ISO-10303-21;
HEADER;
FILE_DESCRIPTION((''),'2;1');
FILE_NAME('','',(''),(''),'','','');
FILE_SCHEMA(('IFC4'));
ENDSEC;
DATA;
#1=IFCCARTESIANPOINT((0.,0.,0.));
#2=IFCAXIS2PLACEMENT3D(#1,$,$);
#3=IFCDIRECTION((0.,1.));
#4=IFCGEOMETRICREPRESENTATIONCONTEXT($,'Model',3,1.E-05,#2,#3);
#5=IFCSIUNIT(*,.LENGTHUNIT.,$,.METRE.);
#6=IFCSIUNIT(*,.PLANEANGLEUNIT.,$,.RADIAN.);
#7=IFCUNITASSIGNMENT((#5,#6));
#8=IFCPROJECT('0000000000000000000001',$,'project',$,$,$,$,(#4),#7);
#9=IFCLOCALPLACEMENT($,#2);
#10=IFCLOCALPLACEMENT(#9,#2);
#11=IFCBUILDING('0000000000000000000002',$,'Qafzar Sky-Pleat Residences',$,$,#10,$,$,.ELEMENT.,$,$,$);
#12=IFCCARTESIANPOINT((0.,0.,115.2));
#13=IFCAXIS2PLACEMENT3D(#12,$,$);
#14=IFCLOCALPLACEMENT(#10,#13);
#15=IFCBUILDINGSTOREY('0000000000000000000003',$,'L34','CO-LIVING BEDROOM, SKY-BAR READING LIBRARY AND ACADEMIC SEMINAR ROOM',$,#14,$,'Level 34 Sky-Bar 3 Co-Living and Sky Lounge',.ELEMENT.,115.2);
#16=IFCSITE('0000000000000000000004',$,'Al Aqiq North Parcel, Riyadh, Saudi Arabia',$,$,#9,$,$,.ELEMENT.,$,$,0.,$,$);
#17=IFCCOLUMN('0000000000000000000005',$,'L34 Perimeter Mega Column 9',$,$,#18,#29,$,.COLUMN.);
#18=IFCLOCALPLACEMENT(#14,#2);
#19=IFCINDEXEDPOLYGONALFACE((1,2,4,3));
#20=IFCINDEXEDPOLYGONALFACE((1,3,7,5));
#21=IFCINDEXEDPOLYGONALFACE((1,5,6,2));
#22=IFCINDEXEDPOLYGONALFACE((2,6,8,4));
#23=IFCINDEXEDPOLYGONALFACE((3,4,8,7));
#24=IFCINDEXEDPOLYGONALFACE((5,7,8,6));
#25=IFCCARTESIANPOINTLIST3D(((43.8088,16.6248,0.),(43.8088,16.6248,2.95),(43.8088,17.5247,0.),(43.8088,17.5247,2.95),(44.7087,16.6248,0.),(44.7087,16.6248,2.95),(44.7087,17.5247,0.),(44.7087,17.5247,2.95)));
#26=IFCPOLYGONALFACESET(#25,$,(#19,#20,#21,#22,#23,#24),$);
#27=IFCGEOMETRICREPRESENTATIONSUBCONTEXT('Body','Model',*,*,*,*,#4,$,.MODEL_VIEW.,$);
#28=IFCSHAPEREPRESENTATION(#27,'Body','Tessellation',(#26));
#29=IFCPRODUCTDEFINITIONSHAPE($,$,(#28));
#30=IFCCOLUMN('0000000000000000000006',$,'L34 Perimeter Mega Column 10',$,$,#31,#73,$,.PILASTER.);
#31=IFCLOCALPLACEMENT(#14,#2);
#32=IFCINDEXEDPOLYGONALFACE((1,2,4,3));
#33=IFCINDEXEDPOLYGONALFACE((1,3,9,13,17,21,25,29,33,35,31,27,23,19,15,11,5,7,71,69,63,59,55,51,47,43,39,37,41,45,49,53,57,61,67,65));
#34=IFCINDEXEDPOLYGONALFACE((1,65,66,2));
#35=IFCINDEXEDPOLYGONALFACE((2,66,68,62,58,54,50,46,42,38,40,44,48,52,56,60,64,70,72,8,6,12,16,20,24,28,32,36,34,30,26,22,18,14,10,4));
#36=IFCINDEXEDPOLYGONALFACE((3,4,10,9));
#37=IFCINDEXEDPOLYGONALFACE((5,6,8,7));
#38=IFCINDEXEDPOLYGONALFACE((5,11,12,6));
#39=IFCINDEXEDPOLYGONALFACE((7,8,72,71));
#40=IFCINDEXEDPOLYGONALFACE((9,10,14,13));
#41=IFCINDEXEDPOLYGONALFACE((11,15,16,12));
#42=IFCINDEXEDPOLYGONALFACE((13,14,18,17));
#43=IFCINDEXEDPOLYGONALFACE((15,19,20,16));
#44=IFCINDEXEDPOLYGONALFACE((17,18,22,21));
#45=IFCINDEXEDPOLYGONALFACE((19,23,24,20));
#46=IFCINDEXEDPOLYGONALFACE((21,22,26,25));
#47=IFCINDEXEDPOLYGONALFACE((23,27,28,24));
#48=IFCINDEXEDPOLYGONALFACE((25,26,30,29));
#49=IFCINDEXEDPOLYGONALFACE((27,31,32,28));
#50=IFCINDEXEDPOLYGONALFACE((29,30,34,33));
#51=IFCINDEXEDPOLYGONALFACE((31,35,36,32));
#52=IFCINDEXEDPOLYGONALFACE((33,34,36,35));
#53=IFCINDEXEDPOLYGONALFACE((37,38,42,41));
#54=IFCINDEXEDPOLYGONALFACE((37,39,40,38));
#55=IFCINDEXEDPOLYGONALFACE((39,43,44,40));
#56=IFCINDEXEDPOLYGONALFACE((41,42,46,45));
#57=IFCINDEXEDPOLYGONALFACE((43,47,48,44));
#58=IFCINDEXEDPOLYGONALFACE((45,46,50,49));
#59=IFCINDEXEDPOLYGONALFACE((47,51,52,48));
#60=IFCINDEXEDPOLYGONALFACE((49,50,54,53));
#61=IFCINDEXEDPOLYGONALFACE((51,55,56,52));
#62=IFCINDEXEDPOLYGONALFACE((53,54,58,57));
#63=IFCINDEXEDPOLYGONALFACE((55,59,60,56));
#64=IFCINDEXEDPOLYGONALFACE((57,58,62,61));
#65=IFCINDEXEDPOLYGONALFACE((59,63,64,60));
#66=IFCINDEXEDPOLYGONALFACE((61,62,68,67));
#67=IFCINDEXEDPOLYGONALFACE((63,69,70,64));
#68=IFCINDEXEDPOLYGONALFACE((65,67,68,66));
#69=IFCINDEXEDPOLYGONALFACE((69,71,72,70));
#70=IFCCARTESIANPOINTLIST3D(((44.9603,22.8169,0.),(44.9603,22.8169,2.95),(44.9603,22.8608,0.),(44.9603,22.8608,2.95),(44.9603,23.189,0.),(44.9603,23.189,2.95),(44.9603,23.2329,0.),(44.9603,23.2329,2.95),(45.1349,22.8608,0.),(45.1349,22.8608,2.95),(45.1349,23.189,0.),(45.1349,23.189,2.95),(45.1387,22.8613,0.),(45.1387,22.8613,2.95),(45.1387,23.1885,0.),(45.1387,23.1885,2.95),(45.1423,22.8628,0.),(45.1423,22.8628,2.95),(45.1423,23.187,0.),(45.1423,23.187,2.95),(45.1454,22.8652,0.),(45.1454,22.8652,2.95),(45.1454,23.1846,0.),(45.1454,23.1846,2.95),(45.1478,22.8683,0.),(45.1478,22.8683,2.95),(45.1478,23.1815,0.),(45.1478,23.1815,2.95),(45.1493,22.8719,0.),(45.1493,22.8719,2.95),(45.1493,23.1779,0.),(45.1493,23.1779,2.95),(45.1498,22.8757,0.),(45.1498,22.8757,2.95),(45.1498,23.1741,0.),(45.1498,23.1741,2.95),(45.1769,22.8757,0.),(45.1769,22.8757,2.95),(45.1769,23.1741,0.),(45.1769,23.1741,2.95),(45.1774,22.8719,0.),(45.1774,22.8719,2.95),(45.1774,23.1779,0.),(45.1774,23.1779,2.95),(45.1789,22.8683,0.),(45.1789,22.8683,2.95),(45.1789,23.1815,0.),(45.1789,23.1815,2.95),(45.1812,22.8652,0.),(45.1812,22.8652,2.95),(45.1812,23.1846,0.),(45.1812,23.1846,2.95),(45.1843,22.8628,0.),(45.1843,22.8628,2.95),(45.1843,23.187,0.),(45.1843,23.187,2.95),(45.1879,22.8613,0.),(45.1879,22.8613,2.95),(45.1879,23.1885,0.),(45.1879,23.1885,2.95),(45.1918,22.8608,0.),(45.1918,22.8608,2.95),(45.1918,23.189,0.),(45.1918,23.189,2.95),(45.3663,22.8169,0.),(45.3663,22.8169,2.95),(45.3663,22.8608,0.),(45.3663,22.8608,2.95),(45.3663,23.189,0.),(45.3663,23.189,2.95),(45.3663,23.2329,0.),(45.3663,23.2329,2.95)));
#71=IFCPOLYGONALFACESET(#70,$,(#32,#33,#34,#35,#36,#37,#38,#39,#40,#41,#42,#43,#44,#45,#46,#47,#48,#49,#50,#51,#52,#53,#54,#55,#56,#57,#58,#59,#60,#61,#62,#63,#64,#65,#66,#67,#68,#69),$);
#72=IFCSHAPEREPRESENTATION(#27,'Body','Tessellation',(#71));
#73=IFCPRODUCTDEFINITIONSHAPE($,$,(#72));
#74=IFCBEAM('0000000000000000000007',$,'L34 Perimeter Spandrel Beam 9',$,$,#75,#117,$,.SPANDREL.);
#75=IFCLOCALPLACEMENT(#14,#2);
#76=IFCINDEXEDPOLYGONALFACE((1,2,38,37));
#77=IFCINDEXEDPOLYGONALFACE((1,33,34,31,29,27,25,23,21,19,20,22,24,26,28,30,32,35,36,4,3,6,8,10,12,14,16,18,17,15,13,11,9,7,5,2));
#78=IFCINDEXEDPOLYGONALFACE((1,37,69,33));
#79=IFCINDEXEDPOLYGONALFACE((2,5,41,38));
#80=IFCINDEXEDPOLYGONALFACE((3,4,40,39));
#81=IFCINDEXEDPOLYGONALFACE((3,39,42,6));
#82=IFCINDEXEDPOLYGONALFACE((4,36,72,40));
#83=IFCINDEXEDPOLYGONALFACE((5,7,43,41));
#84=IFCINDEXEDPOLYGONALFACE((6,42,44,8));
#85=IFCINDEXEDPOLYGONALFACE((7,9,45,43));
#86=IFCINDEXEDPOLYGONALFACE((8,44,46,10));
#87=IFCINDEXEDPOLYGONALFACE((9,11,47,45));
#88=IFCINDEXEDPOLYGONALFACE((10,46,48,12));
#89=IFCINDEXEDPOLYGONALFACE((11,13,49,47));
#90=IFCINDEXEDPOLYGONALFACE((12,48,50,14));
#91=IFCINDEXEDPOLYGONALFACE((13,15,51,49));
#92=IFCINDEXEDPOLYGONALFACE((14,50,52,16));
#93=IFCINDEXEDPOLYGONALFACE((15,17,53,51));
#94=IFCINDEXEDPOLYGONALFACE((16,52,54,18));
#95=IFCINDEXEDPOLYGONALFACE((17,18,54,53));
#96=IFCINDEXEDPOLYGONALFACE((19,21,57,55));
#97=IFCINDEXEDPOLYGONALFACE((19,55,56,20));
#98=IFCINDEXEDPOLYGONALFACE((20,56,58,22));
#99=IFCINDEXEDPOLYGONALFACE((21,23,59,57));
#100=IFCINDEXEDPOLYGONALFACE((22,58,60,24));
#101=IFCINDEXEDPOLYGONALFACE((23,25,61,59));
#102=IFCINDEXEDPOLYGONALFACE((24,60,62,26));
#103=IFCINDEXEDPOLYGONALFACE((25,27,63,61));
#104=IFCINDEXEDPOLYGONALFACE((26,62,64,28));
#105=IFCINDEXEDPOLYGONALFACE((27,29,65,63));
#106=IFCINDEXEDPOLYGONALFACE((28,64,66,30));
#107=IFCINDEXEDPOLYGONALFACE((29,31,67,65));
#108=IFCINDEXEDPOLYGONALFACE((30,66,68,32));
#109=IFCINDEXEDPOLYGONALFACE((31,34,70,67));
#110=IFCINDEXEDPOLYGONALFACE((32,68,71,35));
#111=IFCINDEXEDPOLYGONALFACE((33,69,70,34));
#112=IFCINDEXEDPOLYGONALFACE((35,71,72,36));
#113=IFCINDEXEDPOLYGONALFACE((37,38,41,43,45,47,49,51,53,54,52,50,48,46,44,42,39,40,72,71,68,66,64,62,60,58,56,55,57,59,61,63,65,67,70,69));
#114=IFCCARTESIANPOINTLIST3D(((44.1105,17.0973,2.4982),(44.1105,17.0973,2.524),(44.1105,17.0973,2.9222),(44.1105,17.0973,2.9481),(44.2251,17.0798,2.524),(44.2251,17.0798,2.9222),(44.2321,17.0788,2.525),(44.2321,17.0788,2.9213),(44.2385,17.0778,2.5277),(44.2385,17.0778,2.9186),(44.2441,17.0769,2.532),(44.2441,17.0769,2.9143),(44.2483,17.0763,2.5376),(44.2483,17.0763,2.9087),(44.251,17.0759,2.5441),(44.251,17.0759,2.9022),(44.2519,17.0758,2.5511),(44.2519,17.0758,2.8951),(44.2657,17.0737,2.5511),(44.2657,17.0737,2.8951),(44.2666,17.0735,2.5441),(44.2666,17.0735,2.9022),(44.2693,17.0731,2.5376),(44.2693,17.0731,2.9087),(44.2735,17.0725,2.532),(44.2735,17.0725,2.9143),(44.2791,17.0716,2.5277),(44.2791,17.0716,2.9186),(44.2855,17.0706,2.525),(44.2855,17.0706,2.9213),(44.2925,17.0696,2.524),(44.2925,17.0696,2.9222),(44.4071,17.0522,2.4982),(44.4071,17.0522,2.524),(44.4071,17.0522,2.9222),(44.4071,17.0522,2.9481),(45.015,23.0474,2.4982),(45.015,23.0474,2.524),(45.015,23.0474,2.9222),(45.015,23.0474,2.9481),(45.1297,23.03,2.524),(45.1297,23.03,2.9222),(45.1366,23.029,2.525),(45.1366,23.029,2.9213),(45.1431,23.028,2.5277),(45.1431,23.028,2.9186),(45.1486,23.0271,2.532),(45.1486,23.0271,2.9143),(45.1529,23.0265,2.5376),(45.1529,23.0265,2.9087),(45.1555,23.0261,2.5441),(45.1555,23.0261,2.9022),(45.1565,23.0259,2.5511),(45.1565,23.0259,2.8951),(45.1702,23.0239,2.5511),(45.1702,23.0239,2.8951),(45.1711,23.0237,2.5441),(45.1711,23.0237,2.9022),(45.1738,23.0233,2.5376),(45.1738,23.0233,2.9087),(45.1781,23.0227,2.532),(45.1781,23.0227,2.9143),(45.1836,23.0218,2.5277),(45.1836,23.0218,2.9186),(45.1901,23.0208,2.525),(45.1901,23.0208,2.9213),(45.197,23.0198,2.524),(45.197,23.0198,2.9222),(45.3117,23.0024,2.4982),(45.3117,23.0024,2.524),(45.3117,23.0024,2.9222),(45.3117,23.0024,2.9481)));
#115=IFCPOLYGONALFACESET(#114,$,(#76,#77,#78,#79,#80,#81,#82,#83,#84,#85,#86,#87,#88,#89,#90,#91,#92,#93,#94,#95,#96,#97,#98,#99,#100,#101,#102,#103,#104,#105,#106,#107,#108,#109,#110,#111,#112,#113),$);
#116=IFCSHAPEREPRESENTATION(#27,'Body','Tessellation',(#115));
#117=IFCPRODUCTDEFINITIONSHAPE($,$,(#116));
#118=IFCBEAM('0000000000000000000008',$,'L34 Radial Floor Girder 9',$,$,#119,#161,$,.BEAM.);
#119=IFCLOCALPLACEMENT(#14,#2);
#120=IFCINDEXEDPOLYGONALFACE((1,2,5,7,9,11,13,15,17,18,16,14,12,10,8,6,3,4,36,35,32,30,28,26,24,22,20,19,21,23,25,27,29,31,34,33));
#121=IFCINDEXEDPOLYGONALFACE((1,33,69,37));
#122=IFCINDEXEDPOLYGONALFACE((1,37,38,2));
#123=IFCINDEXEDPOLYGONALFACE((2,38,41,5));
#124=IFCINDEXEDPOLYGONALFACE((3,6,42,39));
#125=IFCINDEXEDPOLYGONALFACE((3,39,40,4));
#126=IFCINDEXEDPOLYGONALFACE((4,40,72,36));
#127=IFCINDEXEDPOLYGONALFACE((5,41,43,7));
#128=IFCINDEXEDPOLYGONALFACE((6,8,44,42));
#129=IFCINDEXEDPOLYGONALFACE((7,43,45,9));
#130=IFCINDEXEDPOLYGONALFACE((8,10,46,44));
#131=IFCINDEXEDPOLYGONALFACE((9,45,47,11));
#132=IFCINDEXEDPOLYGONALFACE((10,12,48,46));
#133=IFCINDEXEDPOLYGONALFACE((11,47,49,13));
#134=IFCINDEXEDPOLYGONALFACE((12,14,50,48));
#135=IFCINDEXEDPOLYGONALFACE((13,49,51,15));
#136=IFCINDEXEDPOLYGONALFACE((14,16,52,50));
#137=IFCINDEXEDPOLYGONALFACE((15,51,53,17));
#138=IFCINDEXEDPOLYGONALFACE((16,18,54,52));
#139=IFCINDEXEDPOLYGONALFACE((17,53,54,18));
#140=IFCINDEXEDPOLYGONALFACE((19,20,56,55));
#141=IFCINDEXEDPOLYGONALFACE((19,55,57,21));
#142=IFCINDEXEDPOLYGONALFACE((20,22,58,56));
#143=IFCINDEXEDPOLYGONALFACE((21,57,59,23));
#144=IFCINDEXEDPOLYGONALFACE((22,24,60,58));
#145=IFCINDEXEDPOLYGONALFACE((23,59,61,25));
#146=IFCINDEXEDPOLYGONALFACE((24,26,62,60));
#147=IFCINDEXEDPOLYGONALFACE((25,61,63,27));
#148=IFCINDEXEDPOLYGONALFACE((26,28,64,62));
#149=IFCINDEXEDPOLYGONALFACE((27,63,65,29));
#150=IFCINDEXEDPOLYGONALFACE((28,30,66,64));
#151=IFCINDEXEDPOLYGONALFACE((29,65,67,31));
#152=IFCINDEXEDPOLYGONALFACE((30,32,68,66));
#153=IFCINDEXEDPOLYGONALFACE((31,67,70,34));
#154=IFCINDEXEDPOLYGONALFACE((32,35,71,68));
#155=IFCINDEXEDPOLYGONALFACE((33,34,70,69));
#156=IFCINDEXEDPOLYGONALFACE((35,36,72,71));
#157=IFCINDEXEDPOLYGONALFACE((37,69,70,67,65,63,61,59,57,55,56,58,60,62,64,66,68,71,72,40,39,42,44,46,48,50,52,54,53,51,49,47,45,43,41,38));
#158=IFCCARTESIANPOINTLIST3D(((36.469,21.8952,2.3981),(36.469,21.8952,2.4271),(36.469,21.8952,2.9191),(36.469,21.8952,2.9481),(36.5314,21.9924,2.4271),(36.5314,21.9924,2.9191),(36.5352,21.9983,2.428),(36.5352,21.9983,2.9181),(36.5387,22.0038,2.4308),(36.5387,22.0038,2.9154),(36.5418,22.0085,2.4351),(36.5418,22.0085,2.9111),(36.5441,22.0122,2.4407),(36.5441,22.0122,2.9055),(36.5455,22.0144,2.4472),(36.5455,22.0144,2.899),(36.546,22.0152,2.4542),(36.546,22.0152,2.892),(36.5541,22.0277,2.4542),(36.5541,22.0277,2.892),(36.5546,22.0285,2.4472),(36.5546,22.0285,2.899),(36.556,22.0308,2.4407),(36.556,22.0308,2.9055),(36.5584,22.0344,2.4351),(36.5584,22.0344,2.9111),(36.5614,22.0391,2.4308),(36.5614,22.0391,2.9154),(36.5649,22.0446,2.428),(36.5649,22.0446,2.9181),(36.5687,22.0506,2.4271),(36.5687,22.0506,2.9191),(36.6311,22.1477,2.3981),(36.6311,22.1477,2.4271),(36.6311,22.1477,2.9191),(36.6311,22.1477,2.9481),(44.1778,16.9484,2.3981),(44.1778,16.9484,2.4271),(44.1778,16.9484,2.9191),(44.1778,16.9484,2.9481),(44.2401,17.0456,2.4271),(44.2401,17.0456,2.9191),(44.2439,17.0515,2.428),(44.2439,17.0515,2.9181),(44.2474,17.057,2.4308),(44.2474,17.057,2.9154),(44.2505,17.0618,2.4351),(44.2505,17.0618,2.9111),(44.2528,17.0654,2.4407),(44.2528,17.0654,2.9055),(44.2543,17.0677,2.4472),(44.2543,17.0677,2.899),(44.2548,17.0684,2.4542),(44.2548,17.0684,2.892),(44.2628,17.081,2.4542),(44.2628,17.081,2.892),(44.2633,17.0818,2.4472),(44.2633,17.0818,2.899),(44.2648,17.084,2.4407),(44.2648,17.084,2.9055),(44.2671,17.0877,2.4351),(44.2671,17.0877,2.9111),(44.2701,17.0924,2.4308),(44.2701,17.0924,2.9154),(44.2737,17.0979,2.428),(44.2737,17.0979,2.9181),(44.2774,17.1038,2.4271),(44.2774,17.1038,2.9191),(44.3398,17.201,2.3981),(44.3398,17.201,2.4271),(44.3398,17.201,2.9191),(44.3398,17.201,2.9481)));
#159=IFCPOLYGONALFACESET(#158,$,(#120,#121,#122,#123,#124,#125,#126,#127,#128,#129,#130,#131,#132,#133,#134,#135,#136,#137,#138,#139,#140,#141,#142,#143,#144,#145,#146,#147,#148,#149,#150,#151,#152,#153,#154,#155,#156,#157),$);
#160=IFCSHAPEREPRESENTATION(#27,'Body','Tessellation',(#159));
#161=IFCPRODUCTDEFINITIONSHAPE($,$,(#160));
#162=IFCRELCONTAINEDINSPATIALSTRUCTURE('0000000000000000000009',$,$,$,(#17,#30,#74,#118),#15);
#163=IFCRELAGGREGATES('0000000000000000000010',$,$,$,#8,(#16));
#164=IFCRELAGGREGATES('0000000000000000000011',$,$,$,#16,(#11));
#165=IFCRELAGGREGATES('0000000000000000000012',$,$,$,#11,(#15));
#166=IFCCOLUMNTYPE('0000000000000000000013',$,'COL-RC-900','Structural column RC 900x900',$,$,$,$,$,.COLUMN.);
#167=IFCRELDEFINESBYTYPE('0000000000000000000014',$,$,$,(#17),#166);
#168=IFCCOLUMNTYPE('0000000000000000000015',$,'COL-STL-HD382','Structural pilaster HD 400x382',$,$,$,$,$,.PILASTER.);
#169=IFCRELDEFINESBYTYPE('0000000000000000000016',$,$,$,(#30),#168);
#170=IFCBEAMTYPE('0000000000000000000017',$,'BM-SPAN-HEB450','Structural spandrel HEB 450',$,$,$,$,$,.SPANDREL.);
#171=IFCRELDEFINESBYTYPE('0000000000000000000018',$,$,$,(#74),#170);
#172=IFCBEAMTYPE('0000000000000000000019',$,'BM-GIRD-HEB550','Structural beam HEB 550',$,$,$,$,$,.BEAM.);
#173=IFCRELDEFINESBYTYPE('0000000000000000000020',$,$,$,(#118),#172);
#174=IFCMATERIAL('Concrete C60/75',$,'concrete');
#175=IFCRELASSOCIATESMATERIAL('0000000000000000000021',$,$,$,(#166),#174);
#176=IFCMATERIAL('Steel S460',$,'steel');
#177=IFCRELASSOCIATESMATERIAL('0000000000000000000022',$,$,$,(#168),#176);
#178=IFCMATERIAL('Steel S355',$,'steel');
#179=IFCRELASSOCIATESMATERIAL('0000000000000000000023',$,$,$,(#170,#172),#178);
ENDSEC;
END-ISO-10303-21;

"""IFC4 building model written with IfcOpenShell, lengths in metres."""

from ifc_helpers import new_model, si_unit, direction, frame, origin, origin_2d, place, context, subcontext, project, spatial, rectangle, i_section, extrude, source, transform, mapped, material, material_profile, profile_set, type_object, element, save


model = new_model("IFC4")

# Units and contexts
model_context = context("Model", 3, precision=1e-05, world=origin(), true_north=direction((0.0, 1.0)))
body_context = subcontext(model_context, "Body", "Model", "MODEL_VIEW")
ifc_project = project(units=[si_unit("LENGTHUNIT", "METRE"), si_unit("PLANEANGLEUNIT", "RADIAN")], contexts=[model_context])

# Site, building, storey
site_placement = place(None, origin())
site = spatial("IfcSite", under=ifc_project, at=site_placement, Name="Al Aqiq North Parcel, Riyadh, Saudi Arabia", CompositionType="ELEMENT", RefElevation=0.0)
building_placement = place(site_placement, origin())
building = spatial("IfcBuilding", under=site, at=building_placement, Name="Qafzar Sky-Pleat Residences", CompositionType="ELEMENT")
storey_placement = place(building_placement, frame((0.0, 0.0, 115.2)))
storey = spatial("IfcBuildingStorey", under=building, at=storey_placement, Name="L34", Description="CO-LIVING BEDROOM, SKY-BAR READING LIBRARY AND ACADEMIC SEMINAR ROOM", LongName="Level 34 Sky-Bar 3 Co-Living and Sky Lounge", CompositionType="ELEMENT", Elevation=115.2)

# Columns
ifc_material_1 = material(Name="Concrete C60/75", Category="concrete")
ifc_material_profile_1 = material_profile(ifc_material_1, rectangle(XDim=0.8999, YDim=0.8999, at=origin_2d()), Name="RC 900x900")
ifc_profile_set_1 = profile_set([ifc_material_profile_1], Name="Concrete C60/75")
column_type_1 = type_object("IfcColumnType", Name="COL-RC-900", Description="Structural column RC 900x900", PredefinedType="COLUMN", material=ifc_profile_set_1)
shared_shape_1 = source(origin(), body_context, "Body", "SweptSolid", [
    extrude(rectangle(XDim=0.8999, YDim=0.8999, at=origin_2d()), origin(), (0.0, 0.0, 1.0), 2.95),
])
column_1_placement = place(storey_placement, frame((44.2588, 17.0747, 0.0), z_axis=(0.0, 0.0, 1.0), x_axis=(1.0, 0.0, 0.0)))
element("IfcColumn", 1, at=column_1_placement, inside=storey, type_object=column_type_1, Name="L34 Perimeter Mega Column 9", PredefinedType="COLUMN", context=body_context, shape_type="MappedRepresentation", body=[
    mapped(shared_shape_1, transform((0.0, 0.0, 0.0), x_axis=(1.0, 0.0, 0.0), y_axis=(0.0, 1.0, 0.0), z_axis=(0.0, 0.0, 1.0), scale=1.0)),
])
ifc_material_2 = material(Name="Steel S460", Category="steel")
ifc_material_profile_2 = material_profile(ifc_material_2, i_section(OverallWidth=0.406, OverallDepth=0.416, WebThickness=0.0271, FlangeThickness=0.0439, FilletRadius=0.0149, at=origin_2d()), Name="HD 400x382")
ifc_profile_set_2 = profile_set([ifc_material_profile_2], Name="Steel S460")
column_type_2 = type_object("IfcColumnType", Name="COL-STL-HD382", Description="Structural pilaster HD 400x382", PredefinedType="PILASTER", material=ifc_profile_set_2)
shared_shape_2 = source(origin(), body_context, "Body", "SweptSolid", [
    extrude(i_section(OverallWidth=0.406, OverallDepth=0.416, WebThickness=0.0271, FlangeThickness=0.0439, FilletRadius=0.0149, at=origin_2d()), origin(), (0.0, 0.0, 1.0), 2.95),
])
column_2_placement = place(storey_placement, frame((45.1633, 23.0249, 0.0), z_axis=(0.0, 0.0, 1.0), x_axis=(1.0, 0.0, 0.0)))
element("IfcColumn", 2, at=column_2_placement, inside=storey, type_object=column_type_2, Name="L34 Perimeter Mega Column 10", PredefinedType="PILASTER", context=body_context, shape_type="MappedRepresentation", body=[
    mapped(shared_shape_2, transform((0.0, 0.0, 0.0), x_axis=(1.0, 0.0, 0.0), y_axis=(0.0, 1.0, 0.0), z_axis=(0.0, 0.0, 1.0), scale=1.0)),
])

# Beams
ifc_material_3 = material(Name="Steel S355", Category="steel")
ifc_material_profile_3 = material_profile(ifc_material_3, i_section(OverallWidth=0.3, OverallDepth=0.45, WebThickness=0.0139, FlangeThickness=0.0259, FilletRadius=0.0271, at=origin_2d()), Name="HEB 450")
ifc_profile_set_3 = profile_set([ifc_material_profile_3], Name="Steel S355")
beam_type_1 = type_object("IfcBeamType", Name="BM-SPAN-HEB450", Description="Structural spandrel HEB 450", PredefinedType="SPANDREL", material=ifc_profile_set_3)
shared_shape_3 = source(origin(), body_context, "Body", "SweptSolid", [
    extrude(i_section(OverallWidth=0.3, OverallDepth=0.45, WebThickness=0.0139, FlangeThickness=0.0259, FilletRadius=0.0271, at=origin_2d()), origin(), (0.0, 0.0, 1.0), 6.0186),
])
beam_1_placement = place(storey_placement, frame((44.2588, 17.0747, 2.7231), z_axis=(0.150292, 0.988642, 0.0), x_axis=(-0.988642, 0.150292, 0.0)))
element("IfcBeam", 3, at=beam_1_placement, inside=storey, type_object=beam_type_1, Name="L34 Perimeter Spandrel Beam 9", PredefinedType="SPANDREL", context=body_context, shape_type="MappedRepresentation", body=[
    mapped(shared_shape_3, transform((0.0, 0.0, 0.0), x_axis=(1.0, 0.0, 0.0), y_axis=(0.0, 1.0, 0.0), z_axis=(0.0, 0.0, 1.0), scale=1.0)),
])
ifc_material_profile_4 = material_profile(ifc_material_3, i_section(OverallWidth=0.3, OverallDepth=0.55, WebThickness=0.0149, FlangeThickness=0.0291, FilletRadius=0.0271, at=origin_2d()), Name="HEB 550")
ifc_profile_set_4 = profile_set([ifc_material_profile_4], Name="Steel S355")
beam_type_2 = type_object("IfcBeamType", Name="BM-GIRD-HEB550", Description="Structural beam HEB 550", PredefinedType="BEAM", material=ifc_profile_set_4)
shared_shape_4 = source(origin(), body_context, "Body", "SweptSolid", [
    extrude(i_section(OverallWidth=0.3, OverallDepth=0.55, WebThickness=0.0149, FlangeThickness=0.0291, FilletRadius=0.0271, at=origin_2d()), origin(), (0.0, 0.0, 1.0), 9.1594),
])
beam_2_placement = place(storey_placement, frame((44.2588, 17.0747, 2.6731), z_axis=(-0.841617, 0.540074, 0.0), x_axis=(-0.540074, -0.841617, 0.0)))
element("IfcBeam", 4, at=beam_2_placement, inside=storey, type_object=beam_type_2, Name="L34 Radial Floor Girder 9", PredefinedType="BEAM", context=body_context, shape_type="MappedRepresentation", body=[
    mapped(shared_shape_4, transform((0.0, 0.0, 0.0), x_axis=(1.0, 0.0, 0.0), y_axis=(0.0, 1.0, 0.0), z_axis=(0.0, 0.0, 1.0), scale=1.0)),
])

save(model, "model.ifc")
